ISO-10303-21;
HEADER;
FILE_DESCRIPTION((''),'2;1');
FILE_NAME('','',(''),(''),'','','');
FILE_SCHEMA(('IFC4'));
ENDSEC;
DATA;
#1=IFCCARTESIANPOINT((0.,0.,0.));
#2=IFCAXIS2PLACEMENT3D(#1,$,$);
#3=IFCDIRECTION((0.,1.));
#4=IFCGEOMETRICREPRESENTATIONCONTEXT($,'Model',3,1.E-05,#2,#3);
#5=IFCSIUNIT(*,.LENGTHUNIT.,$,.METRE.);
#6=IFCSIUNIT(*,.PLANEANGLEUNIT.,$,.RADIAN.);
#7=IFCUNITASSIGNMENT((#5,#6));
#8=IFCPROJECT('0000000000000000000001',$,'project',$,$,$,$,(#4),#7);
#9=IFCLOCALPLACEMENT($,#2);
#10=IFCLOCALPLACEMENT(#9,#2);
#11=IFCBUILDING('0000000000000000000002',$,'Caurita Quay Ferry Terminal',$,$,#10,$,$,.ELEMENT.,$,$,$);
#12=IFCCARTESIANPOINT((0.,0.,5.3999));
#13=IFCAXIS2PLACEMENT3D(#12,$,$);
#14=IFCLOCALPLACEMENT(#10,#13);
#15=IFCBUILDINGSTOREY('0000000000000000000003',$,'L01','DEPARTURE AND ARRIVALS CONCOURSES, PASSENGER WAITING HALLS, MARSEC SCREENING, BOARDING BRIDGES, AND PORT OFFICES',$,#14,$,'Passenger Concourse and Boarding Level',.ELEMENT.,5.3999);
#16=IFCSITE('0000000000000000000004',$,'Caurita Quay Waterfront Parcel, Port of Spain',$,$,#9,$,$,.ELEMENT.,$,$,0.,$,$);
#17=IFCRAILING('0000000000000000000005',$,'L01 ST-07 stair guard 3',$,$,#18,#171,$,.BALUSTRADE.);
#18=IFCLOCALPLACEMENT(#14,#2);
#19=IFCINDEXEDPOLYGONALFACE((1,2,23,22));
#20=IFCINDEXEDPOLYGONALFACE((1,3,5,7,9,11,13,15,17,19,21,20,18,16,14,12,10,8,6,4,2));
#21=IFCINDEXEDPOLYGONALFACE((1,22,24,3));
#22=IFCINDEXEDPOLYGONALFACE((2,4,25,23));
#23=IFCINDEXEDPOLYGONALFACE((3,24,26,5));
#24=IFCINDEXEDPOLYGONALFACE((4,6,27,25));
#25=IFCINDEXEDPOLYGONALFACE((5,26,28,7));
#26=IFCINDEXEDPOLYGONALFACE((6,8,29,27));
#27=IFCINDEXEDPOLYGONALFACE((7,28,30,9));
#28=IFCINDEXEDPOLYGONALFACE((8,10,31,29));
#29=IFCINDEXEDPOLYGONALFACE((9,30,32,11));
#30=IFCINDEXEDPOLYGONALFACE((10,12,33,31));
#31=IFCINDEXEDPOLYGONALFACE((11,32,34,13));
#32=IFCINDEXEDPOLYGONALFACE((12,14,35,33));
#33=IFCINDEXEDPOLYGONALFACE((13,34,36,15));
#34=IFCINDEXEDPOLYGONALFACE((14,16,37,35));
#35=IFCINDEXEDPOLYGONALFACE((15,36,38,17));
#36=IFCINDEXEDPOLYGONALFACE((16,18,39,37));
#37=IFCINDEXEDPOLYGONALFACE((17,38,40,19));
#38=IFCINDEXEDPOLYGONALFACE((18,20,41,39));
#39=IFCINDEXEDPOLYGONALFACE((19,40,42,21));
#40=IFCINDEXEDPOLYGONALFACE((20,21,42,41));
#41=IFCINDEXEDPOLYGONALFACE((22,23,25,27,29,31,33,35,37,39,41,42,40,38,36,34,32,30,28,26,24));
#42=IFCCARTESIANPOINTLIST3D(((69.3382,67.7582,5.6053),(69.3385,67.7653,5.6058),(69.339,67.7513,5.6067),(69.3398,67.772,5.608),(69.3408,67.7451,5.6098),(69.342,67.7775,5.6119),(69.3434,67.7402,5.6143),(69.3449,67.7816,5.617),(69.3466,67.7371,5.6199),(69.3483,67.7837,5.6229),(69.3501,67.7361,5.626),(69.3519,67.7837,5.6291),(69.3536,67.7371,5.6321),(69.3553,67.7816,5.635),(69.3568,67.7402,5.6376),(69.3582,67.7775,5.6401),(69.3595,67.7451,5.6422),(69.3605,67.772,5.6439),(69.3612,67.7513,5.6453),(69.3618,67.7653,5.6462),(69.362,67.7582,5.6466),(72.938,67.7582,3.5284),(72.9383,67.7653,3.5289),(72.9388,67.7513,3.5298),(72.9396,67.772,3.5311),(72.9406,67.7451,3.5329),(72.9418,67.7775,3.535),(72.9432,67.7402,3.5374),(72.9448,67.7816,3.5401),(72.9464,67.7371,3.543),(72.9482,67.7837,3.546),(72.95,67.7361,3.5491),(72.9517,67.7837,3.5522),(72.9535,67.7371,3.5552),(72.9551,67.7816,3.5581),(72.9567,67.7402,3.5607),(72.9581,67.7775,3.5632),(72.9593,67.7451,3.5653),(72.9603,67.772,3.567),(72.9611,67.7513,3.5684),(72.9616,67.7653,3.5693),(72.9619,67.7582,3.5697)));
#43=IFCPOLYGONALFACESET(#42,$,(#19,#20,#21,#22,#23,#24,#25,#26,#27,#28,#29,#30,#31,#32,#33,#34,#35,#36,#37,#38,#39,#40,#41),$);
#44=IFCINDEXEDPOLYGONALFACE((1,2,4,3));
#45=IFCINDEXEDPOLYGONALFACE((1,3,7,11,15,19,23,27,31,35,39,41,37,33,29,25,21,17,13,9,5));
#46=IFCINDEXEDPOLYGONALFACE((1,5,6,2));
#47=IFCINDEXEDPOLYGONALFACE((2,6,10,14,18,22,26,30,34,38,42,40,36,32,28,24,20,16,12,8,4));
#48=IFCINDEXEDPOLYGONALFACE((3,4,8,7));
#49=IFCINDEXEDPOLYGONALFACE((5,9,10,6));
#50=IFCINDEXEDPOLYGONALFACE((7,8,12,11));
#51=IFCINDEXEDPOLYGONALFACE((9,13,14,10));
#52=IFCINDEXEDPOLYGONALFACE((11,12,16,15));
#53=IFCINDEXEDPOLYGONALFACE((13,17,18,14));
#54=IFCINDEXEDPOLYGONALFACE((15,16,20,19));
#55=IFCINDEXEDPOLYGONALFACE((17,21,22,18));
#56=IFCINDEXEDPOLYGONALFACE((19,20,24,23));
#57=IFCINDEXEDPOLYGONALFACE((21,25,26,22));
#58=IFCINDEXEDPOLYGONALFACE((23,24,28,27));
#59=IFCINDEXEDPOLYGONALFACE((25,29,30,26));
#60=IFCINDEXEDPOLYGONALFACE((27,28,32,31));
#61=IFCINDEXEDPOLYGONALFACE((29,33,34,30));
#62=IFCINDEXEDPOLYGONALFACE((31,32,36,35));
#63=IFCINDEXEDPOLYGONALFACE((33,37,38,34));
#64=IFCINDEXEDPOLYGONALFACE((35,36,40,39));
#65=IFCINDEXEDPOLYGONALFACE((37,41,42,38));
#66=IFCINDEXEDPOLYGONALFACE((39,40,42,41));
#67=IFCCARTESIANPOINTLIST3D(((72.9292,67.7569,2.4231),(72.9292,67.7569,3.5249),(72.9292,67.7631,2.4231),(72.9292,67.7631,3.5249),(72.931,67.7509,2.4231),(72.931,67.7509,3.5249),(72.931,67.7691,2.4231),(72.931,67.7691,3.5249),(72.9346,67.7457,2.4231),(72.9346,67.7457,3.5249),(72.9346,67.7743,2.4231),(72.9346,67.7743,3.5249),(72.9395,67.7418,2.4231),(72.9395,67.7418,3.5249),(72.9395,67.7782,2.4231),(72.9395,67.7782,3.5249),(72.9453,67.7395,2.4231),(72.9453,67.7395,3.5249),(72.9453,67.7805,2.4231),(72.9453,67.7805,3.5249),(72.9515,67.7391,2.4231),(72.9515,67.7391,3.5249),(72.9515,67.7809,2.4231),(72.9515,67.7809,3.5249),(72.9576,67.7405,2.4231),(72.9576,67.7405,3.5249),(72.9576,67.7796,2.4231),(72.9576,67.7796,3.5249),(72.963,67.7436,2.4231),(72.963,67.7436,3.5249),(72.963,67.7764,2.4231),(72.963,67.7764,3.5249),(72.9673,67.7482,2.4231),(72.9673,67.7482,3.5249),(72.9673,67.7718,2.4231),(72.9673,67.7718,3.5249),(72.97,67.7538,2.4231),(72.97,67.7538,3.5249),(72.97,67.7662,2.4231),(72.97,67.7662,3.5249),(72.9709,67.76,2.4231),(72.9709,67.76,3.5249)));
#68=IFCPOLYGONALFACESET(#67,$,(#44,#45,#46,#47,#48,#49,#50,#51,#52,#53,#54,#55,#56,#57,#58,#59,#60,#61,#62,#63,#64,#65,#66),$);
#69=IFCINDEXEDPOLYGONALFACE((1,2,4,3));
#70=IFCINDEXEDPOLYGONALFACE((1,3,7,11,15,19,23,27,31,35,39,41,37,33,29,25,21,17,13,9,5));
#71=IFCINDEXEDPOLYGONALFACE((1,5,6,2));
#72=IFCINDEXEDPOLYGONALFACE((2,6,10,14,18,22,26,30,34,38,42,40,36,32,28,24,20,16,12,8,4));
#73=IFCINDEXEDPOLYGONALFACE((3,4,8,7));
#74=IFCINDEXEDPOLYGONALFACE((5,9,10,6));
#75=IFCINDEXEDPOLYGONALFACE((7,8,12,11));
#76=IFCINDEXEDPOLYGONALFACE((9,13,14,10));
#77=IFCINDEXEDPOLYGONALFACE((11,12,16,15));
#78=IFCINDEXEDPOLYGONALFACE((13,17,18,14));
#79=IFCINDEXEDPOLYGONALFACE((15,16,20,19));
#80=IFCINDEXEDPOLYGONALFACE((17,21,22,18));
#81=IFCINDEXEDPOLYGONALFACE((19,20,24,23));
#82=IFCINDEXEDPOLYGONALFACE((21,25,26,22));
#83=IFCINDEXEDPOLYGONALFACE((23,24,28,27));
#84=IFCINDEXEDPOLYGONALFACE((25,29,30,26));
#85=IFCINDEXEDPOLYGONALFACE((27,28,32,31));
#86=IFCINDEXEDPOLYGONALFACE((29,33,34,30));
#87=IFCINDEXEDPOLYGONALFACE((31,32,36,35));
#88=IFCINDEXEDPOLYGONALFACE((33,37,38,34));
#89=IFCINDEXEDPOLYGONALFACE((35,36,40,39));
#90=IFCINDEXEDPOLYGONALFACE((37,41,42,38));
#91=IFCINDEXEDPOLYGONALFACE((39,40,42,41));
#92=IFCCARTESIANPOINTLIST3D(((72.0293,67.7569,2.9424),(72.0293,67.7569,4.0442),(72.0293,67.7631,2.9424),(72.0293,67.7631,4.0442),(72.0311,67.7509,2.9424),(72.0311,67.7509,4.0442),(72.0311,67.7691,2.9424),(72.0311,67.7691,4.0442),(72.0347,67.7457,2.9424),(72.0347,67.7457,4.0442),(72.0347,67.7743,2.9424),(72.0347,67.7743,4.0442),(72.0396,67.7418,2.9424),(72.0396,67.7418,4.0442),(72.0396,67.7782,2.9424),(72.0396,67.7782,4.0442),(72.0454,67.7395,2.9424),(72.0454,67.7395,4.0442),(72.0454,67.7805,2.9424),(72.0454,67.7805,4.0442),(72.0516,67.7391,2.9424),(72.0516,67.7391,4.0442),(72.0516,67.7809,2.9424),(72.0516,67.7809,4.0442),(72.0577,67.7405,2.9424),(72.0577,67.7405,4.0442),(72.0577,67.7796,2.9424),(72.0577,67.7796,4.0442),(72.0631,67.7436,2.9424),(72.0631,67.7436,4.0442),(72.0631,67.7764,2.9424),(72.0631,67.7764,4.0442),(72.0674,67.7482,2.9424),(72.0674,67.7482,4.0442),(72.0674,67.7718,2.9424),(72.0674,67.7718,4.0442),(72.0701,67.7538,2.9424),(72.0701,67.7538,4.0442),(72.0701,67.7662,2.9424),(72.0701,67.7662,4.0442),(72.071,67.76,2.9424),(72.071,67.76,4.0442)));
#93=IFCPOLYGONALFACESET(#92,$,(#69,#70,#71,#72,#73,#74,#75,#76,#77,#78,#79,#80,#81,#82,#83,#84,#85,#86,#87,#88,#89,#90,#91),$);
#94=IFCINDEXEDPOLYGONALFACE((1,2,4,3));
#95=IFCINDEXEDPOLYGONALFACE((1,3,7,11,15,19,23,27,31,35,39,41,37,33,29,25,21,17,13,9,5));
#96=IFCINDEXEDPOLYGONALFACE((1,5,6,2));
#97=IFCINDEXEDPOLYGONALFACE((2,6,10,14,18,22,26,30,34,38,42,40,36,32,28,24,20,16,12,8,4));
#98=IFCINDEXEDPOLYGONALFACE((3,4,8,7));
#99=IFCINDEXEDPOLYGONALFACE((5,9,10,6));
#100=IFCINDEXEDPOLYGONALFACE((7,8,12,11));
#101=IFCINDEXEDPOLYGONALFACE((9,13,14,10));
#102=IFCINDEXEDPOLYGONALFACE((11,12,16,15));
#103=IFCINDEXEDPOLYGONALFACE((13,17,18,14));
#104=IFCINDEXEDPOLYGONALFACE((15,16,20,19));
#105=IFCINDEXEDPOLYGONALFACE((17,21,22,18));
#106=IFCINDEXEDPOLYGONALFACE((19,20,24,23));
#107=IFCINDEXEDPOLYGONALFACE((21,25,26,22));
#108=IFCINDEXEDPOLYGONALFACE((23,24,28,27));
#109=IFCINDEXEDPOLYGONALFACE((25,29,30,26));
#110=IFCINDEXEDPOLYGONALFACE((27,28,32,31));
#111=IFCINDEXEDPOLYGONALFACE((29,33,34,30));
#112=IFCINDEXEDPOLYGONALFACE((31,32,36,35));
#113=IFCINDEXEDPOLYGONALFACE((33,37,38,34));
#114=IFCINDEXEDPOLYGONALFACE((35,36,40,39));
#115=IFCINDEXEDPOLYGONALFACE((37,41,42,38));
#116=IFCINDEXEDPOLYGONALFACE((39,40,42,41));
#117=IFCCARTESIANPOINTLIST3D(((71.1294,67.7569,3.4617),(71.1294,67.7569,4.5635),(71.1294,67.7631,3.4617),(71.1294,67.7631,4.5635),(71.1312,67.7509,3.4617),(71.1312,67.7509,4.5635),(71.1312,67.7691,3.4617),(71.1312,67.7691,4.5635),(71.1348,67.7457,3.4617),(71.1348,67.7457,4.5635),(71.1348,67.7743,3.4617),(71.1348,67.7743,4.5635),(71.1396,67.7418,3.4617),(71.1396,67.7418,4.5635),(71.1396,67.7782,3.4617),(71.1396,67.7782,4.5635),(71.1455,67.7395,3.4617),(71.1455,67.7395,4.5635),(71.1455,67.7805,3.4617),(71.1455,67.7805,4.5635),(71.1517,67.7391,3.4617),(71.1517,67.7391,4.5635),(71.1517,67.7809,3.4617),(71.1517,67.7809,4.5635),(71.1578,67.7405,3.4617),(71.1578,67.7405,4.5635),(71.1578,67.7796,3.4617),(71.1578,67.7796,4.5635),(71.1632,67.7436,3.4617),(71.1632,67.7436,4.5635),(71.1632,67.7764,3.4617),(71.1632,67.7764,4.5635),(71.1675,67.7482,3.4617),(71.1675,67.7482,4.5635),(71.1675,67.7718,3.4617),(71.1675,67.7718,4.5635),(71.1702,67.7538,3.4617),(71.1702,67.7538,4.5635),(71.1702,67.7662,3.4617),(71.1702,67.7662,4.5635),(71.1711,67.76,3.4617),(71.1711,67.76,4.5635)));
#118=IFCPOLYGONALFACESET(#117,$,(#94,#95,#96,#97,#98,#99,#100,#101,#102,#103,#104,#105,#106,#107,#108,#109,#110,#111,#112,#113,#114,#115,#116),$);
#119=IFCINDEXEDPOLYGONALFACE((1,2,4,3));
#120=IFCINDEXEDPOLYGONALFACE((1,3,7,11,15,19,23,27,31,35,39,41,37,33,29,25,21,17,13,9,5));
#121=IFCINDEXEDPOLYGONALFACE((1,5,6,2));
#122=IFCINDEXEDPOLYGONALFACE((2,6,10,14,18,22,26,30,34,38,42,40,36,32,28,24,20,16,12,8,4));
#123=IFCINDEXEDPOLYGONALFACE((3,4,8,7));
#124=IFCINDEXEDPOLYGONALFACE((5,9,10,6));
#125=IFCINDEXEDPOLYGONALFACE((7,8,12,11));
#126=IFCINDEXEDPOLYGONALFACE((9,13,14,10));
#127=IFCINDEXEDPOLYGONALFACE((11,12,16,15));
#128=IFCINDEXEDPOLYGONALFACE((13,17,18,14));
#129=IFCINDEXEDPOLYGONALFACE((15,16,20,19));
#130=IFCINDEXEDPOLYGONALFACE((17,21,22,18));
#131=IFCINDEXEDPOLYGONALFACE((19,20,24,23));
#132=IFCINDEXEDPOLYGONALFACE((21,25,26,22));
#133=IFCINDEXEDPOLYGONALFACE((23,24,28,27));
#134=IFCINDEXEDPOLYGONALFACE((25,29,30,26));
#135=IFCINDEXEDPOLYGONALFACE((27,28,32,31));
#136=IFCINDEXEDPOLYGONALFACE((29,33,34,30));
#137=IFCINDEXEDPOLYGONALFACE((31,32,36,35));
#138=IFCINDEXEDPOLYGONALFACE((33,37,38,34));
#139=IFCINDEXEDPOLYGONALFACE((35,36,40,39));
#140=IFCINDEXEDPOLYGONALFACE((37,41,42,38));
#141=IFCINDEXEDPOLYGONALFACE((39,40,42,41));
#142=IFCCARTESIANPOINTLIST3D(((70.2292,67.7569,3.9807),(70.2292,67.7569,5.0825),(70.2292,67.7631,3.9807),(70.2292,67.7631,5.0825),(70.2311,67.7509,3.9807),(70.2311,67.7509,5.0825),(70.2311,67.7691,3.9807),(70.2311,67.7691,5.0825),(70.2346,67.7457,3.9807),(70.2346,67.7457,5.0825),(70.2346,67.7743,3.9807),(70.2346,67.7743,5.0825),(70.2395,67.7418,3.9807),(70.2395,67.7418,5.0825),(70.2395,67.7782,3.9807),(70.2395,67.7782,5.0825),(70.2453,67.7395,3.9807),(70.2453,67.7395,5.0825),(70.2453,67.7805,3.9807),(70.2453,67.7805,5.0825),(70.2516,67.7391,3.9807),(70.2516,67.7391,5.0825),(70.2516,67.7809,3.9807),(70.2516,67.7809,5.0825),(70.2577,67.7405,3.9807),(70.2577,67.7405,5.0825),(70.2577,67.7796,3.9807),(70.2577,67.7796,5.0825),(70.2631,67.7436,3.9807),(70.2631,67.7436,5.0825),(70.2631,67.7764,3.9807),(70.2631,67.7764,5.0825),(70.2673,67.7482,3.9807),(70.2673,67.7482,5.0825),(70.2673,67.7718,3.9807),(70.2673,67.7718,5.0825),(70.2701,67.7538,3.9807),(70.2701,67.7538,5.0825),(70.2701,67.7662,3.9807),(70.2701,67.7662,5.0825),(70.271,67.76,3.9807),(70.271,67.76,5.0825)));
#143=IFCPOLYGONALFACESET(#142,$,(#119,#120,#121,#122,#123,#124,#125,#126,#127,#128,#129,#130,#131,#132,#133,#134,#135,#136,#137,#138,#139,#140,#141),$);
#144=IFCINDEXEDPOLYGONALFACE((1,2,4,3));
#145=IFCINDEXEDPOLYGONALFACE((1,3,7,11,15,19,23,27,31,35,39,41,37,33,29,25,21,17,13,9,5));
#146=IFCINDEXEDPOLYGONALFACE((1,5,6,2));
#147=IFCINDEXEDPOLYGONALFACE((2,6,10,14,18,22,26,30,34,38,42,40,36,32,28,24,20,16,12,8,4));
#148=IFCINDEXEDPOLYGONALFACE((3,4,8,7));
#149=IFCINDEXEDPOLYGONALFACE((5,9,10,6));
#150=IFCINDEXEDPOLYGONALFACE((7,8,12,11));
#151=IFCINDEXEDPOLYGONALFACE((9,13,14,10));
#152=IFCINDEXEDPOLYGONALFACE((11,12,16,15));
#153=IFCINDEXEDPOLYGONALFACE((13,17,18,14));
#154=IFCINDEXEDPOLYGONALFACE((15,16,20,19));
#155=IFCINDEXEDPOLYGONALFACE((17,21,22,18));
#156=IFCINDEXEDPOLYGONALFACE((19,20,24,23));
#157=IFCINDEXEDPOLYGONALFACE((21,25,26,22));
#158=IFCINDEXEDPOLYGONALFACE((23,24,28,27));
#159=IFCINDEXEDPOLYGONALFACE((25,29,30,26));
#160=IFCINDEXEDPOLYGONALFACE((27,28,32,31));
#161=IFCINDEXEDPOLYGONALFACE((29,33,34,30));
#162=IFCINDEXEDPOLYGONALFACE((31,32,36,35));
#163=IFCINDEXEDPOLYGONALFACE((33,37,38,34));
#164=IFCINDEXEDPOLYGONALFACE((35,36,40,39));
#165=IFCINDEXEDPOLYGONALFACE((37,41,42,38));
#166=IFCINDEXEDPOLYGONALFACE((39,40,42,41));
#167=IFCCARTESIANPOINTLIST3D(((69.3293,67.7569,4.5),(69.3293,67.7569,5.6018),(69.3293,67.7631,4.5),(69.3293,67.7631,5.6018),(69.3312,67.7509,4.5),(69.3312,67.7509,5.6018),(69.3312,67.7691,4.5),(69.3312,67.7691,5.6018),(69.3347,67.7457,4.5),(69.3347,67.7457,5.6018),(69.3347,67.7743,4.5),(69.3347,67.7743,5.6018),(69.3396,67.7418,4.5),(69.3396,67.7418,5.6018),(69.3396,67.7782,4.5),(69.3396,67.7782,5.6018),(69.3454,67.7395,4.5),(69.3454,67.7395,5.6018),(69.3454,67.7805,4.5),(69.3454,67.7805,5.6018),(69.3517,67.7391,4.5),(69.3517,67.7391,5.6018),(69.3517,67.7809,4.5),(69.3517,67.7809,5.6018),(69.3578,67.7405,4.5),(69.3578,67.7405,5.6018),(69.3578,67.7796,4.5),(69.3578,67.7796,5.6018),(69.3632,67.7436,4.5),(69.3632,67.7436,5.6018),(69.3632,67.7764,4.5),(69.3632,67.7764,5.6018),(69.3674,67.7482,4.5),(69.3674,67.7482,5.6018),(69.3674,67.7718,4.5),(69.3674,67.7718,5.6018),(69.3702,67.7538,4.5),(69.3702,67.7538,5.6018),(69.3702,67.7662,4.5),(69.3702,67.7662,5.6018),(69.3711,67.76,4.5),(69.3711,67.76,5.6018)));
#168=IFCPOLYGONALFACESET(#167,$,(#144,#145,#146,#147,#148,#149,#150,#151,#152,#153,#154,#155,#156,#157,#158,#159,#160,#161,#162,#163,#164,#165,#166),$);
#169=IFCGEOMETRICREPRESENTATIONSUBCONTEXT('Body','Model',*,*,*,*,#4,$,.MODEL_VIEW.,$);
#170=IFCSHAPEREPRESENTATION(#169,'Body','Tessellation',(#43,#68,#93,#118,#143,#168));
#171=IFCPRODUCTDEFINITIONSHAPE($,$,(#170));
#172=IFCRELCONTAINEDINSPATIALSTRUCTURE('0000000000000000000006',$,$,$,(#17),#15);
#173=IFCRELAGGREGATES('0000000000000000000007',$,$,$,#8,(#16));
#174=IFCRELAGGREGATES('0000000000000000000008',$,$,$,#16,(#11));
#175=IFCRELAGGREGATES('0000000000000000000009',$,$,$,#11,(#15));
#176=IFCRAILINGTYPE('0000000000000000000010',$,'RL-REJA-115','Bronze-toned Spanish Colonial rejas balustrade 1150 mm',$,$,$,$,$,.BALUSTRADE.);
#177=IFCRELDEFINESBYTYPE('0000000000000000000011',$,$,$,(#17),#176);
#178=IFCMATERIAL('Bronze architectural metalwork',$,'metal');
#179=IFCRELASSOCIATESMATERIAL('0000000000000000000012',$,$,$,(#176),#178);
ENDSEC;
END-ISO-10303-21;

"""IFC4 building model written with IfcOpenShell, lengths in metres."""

from ifc_helpers import new_model, si_unit, direction, frame, origin, origin_2d, place, context, subcontext, project, spatial, circle, extrude, material, type_object, element, save


model = new_model("IFC4")

# Units and contexts
model_context = context("Model", 3, precision=1e-05, world=origin(), true_north=direction((0.0, 1.0)))
body_context = subcontext(model_context, "Body", "Model", "MODEL_VIEW")
ifc_project = project(units=[si_unit("LENGTHUNIT", "METRE"), si_unit("PLANEANGLEUNIT", "RADIAN")], contexts=[model_context])

# Site, building, storey
site_placement = place(None, origin())
site = spatial("IfcSite", under=ifc_project, at=site_placement, Name="Caurita Quay Waterfront Parcel, Port of Spain", CompositionType="ELEMENT", RefElevation=0.0)
building_placement = place(site_placement, origin())
building = spatial("IfcBuilding", under=site, at=building_placement, Name="Caurita Quay Ferry Terminal", CompositionType="ELEMENT")
storey_placement = place(building_placement, frame((0.0, 0.0, 5.3999)))
storey = spatial("IfcBuildingStorey", under=building, at=storey_placement, Name="L01", Description="DEPARTURE AND ARRIVALS CONCOURSES, PASSENGER WAITING HALLS, MARSEC SCREENING, BOARDING BRIDGES, AND PORT OFFICES", LongName="Passenger Concourse and Boarding Level", CompositionType="ELEMENT", Elevation=5.3999)

# Railing
ifc_material_1 = material(Name="Bronze architectural metalwork", Category="metal")
railing_type_1 = type_object("IfcRailingType", Name="RL-REJA-115", Description="Bronze-toned Spanish Colonial rejas balustrade 1150 mm", PredefinedType="BALUSTRADE", material=ifc_material_1)
railing_1_placement = place(storey_placement, frame((72.95, 67.76, 2.4231)))
element("IfcRailing", 1, at=railing_1_placement, inside=storey, type_object=railing_type_1, Name="L01 ST-07 stair guard 3", PredefinedType="BALUSTRADE", context=body_context, shape_type="SweptSolid", body=[
    extrude(circle(Radius=0.0239, at=origin_2d()), frame((0.0, 0.0, 1.126), z_axis=(-0.866179, 0.0, 0.499734), x_axis=(0.0, -1.0, 0.0)), (0.0, 0.0, 1.0), 4.156),
    extrude(circle(Radius=0.021, at=origin_2d()), origin(), (0.0, 0.0, 1.0), 1.1018),
    extrude(circle(Radius=0.021, at=origin_2d()), frame((-0.8999, 0.0, 0.5193)), (0.0, 0.0, 1.0), 1.1018),
    extrude(circle(Radius=0.021, at=origin_2d()), frame((-1.7998, 0.0, 1.0386)), (0.0, 0.0, 1.0), 1.1018),
    extrude(circle(Radius=0.021, at=origin_2d()), frame((-2.7, 0.0, 1.5576)), (0.0, 0.0, 1.0), 1.1018),
    extrude(circle(Radius=0.021, at=origin_2d()), frame((-3.5999, 0.0, 2.0769)), (0.0, 0.0, 1.0), 1.1018),
])

save(model, "model.ifc")
